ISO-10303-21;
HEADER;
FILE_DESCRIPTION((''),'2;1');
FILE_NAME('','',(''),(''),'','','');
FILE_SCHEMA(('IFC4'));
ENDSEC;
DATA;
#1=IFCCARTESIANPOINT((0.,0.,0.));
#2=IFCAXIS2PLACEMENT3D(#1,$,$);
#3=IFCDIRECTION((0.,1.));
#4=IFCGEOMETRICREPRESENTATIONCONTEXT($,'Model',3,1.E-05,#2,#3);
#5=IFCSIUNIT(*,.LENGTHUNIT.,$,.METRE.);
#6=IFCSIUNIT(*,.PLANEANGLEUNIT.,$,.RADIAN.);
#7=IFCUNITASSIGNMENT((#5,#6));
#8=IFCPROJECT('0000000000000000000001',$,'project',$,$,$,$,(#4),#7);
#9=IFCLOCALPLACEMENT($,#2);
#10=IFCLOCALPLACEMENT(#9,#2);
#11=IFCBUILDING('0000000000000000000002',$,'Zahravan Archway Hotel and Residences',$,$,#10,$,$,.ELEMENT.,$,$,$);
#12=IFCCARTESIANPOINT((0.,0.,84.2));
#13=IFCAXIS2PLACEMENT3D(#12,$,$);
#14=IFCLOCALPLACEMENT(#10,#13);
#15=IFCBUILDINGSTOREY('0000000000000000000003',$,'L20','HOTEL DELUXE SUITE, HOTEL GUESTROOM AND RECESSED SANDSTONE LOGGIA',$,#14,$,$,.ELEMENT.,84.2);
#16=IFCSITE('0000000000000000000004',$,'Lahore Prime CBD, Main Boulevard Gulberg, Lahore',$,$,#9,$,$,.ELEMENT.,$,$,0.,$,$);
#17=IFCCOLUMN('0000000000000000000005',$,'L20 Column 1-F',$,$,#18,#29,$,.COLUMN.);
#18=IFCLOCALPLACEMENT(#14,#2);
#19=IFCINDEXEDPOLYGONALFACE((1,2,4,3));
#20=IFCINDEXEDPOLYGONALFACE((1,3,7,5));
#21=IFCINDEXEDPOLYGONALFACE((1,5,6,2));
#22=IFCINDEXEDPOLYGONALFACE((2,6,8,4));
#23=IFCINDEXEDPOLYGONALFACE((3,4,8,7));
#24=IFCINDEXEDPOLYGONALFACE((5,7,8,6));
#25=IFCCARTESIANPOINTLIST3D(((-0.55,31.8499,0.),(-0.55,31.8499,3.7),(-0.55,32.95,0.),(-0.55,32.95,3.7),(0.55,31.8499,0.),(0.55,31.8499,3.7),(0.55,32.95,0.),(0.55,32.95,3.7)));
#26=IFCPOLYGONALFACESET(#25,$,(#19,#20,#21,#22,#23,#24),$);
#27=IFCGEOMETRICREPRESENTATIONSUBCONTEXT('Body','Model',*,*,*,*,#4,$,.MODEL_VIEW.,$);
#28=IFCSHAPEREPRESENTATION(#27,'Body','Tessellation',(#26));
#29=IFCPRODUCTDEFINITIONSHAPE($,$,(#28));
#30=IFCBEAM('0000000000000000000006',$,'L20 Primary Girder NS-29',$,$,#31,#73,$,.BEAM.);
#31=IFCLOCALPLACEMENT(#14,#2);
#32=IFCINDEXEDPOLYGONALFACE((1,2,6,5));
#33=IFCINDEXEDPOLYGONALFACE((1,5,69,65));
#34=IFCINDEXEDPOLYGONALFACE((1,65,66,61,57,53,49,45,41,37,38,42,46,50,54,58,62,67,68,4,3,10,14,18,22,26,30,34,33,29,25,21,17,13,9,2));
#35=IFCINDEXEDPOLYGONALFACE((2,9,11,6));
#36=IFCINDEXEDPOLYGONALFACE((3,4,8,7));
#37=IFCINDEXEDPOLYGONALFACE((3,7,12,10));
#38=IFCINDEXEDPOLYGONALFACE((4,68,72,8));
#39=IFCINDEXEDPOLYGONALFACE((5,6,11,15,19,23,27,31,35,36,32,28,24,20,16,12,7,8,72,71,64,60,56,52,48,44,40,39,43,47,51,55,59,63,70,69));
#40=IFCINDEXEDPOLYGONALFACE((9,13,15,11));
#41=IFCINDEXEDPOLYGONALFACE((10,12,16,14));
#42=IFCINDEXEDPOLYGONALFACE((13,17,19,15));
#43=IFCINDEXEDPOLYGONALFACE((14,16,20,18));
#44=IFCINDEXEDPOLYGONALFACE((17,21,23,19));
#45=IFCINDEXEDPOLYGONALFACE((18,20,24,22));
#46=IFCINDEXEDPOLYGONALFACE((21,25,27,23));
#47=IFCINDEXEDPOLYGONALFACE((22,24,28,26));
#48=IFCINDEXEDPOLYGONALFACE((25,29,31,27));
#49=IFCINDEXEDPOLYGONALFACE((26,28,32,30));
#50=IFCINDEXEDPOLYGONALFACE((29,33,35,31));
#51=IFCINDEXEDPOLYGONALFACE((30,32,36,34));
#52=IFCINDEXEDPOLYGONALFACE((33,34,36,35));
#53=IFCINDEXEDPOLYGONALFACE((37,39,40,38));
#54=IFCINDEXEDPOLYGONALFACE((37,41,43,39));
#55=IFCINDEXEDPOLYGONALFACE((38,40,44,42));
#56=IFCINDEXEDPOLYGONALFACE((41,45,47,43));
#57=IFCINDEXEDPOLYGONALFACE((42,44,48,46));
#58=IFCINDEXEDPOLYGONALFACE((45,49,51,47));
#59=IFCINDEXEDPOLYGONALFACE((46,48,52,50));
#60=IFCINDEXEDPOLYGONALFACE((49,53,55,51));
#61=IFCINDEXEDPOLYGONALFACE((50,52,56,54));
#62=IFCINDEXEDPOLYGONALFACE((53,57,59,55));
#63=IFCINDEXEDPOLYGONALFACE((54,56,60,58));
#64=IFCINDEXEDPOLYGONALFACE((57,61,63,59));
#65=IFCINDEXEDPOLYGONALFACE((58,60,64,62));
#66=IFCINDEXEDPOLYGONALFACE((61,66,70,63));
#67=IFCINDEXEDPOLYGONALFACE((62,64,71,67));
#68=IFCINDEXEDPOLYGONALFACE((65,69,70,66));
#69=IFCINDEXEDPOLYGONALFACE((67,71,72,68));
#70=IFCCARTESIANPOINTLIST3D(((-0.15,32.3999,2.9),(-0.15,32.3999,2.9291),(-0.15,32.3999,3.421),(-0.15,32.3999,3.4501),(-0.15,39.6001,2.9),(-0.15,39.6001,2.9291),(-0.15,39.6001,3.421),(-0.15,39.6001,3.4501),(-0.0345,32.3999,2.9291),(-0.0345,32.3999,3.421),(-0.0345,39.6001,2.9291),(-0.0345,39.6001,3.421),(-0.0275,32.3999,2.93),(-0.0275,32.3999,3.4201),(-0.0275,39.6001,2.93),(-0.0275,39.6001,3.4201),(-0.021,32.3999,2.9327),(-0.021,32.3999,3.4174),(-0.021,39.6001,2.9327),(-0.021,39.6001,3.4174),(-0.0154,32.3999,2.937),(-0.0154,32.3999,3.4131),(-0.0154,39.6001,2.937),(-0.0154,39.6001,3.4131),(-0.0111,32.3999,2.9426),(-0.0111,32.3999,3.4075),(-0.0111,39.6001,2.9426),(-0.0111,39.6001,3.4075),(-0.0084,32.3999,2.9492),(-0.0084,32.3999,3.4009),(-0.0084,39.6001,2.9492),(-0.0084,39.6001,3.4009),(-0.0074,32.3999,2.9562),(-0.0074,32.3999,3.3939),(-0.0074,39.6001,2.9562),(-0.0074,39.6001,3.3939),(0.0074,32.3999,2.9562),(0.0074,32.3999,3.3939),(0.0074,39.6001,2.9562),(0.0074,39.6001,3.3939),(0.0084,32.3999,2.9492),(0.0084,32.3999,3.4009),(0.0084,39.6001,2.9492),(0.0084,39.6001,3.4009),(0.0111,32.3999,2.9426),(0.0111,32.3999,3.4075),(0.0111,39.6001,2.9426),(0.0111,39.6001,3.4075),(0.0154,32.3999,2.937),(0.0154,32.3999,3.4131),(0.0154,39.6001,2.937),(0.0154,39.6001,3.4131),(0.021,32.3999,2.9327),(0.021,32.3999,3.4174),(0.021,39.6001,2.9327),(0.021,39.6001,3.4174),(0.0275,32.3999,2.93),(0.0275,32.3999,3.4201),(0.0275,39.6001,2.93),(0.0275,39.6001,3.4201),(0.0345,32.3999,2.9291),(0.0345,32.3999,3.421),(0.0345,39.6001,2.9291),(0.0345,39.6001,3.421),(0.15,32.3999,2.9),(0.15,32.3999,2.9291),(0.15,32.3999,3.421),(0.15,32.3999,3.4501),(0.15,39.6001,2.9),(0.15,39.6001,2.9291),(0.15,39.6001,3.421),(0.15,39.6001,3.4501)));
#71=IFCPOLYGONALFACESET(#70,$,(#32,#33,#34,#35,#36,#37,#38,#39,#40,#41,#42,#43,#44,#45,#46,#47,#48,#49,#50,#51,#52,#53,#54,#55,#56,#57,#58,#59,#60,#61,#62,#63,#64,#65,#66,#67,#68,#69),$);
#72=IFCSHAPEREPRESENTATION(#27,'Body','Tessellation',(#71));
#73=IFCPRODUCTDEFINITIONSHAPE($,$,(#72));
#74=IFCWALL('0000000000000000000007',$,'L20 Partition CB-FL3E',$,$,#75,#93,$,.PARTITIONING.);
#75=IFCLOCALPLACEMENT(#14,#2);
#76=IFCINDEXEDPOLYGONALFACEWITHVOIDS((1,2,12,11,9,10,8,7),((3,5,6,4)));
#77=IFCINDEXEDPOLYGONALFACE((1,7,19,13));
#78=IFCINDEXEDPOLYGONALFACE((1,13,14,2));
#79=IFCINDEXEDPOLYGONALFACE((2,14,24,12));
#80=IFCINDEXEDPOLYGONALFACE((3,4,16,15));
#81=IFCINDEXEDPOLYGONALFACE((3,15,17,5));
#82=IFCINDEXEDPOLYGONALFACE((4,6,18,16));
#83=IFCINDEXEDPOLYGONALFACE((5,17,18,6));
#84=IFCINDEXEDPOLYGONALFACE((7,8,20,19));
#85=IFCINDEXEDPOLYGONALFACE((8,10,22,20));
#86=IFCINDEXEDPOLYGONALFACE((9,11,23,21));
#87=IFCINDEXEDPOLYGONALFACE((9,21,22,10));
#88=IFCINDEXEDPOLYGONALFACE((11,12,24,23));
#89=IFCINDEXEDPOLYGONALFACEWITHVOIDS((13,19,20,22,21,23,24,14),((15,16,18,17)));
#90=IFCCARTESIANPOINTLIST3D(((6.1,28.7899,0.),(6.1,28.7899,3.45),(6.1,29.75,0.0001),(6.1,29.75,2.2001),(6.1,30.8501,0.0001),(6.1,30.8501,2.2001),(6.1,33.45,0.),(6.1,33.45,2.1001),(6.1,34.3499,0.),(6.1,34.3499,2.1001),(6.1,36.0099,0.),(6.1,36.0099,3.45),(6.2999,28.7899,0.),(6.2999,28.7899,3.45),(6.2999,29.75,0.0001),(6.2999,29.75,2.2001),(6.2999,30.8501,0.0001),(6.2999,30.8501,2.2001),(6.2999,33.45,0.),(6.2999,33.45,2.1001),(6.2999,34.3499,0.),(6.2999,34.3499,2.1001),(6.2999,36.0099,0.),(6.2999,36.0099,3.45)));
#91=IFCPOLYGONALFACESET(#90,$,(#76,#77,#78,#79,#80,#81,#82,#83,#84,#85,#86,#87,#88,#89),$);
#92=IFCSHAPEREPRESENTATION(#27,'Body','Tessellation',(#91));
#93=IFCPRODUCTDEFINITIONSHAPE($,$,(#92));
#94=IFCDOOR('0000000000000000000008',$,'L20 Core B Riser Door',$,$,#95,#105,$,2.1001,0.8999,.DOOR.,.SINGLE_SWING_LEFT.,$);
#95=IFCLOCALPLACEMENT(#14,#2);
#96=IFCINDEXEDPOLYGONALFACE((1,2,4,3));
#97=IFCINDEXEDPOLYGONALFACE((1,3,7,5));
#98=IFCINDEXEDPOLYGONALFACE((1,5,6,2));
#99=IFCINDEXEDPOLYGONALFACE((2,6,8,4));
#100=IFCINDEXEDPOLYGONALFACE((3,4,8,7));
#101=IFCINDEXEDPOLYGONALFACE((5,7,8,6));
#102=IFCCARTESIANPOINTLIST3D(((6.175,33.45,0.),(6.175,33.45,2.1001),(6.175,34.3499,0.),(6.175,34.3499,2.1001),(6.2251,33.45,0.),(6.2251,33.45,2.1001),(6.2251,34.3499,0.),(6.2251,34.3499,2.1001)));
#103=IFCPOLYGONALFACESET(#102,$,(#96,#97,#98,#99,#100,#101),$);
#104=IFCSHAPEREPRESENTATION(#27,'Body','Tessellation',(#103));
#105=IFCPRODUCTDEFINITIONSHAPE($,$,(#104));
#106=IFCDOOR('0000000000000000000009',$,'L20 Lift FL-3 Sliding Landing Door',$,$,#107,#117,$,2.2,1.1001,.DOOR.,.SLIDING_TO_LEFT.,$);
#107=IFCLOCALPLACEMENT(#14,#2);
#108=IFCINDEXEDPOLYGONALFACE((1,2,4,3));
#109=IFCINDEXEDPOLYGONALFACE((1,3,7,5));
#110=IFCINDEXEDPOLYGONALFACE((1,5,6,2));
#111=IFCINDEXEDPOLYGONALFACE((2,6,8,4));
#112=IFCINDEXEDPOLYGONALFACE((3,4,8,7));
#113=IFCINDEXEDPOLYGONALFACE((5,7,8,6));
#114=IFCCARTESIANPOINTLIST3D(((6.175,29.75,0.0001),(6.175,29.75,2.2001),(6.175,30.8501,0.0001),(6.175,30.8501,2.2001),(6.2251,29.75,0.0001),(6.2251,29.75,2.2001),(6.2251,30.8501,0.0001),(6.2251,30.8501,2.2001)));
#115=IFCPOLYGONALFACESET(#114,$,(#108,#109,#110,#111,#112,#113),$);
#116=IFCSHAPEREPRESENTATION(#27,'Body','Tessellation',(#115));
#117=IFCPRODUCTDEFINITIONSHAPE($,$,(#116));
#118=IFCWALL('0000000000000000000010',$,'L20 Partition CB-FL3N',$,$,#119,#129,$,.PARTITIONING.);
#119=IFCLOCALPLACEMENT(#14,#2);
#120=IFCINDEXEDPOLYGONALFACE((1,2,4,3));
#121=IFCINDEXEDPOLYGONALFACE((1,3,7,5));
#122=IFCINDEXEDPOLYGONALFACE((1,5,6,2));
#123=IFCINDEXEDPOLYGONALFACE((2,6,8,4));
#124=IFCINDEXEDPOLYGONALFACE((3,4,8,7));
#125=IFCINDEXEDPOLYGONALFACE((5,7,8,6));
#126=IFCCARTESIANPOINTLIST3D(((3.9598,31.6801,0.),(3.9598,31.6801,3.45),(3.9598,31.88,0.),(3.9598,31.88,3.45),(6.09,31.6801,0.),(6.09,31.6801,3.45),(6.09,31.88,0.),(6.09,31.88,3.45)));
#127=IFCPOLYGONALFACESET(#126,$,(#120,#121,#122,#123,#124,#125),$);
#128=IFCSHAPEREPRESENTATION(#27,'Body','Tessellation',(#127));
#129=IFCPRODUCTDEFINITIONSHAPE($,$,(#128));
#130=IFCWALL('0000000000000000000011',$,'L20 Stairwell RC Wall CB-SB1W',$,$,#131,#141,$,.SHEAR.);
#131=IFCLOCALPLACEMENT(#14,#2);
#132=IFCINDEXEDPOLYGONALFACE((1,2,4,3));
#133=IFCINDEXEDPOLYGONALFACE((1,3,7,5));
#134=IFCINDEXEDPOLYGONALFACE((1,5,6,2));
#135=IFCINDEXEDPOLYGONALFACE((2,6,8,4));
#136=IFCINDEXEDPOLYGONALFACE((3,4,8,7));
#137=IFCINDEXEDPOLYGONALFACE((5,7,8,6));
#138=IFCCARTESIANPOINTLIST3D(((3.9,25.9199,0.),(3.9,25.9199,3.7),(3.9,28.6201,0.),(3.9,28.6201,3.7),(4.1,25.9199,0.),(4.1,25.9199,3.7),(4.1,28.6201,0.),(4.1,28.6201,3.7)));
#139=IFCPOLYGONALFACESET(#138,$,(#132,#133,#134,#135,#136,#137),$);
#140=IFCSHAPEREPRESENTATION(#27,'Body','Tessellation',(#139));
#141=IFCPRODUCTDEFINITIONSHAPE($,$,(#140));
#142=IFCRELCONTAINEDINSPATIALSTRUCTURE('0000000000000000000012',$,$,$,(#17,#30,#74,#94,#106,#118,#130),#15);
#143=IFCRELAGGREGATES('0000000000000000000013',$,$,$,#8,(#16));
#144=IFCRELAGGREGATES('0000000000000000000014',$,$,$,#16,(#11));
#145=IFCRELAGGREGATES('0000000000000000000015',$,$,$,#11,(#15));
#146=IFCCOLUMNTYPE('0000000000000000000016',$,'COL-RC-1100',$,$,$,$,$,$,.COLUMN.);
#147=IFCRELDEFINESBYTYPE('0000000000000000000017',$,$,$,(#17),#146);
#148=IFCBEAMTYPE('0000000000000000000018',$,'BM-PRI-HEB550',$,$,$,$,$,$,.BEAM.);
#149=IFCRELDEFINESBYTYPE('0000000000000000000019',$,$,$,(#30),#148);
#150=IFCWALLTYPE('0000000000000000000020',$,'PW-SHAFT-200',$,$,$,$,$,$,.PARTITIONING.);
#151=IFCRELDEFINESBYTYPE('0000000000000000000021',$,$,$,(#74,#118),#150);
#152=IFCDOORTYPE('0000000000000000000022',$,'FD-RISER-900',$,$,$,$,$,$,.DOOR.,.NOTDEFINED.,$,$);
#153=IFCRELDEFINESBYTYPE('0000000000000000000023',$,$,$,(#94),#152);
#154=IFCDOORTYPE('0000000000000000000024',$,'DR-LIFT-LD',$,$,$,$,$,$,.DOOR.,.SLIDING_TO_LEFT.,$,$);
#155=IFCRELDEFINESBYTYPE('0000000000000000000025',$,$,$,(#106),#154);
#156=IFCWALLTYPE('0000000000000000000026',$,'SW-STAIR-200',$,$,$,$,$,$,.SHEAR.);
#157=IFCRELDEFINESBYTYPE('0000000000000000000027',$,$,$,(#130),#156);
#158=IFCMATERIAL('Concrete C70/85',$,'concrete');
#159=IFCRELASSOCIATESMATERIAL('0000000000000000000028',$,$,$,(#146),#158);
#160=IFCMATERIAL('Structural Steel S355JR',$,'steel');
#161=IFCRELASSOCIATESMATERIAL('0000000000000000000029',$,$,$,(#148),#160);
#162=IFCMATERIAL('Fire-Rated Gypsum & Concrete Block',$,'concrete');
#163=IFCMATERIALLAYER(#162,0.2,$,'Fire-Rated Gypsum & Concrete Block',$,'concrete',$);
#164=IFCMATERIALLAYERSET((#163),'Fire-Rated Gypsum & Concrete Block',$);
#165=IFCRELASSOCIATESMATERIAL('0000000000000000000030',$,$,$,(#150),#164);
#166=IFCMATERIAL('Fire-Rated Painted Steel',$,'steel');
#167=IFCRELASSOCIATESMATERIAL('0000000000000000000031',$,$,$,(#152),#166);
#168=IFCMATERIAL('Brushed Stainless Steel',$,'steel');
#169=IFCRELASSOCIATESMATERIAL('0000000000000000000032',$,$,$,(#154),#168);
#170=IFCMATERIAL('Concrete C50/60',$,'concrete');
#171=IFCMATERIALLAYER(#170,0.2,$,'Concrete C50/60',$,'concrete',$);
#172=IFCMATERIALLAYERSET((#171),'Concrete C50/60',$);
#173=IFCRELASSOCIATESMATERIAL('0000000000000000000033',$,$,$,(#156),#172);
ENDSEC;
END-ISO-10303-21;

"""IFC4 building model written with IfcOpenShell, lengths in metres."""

from ifc_helpers import new_model, si_unit, direction, frame, frame_2d, origin, origin_2d, place, context, subcontext, project, spatial, rectangle, i_section, extrude, source, transform, mapped, material, layer, layer_set, material_profile, profile_set, type_object, type_shapes, element, fill, save


model = new_model("IFC4")

# Units and contexts
model_context = context("Model", 3, precision=1e-05, world=origin(), true_north=direction((0.0, 1.0)))
body_context = subcontext(model_context, "Body", "Model", "MODEL_VIEW")
ifc_project = project(units=[si_unit("LENGTHUNIT", "METRE"), si_unit("PLANEANGLEUNIT", "RADIAN")], contexts=[model_context])

# Site, building, storey
site_placement = place(None, origin())
site = spatial("IfcSite", under=ifc_project, at=site_placement, Name="Lahore Prime CBD, Main Boulevard Gulberg, Lahore", CompositionType="ELEMENT", RefElevation=0.0)
building_placement = place(site_placement, origin())
building = spatial("IfcBuilding", under=site, at=building_placement, Name="Zahravan Archway Hotel and Residences", CompositionType="ELEMENT")
storey_placement = place(building_placement, frame((0.0, 0.0, 84.2)))
storey = spatial("IfcBuildingStorey", under=building, at=storey_placement, Name="L20", Description="HOTEL DELUXE SUITE, HOTEL GUESTROOM AND RECESSED SANDSTONE LOGGIA", CompositionType="ELEMENT", Elevation=84.2)

# Column
ifc_material_1 = material(Name="Concrete C70/85", Category="concrete")
ifc_material_profile_1 = material_profile(ifc_material_1, rectangle(XDim=1.1001, YDim=1.1001, at=origin_2d()), Name="RC 1100x1100", Category="concrete")
ifc_profile_set_1 = profile_set([ifc_material_profile_1], Name="Concrete C70/85")
column_type = type_object("IfcColumnType", Name="COL-RC-1100", PredefinedType="COLUMN", material=ifc_profile_set_1)
shared_shape_1 = source(origin(), body_context, "Body", "SweptSolid", [
    extrude(rectangle(XDim=1.1001, YDim=1.1001, at=origin_2d()), origin(), (0.0, 0.0, 1.0), 3.7),
])
column_placement = place(storey_placement, frame((0.0, 32.3999, 0.0), z_axis=(0.0, 0.0, 1.0), x_axis=(1.0, 0.0, 0.0)))
element("IfcColumn", 1, at=column_placement, inside=storey, type_object=column_type, Name="L20 Column 1-F", PredefinedType="COLUMN", context=body_context, shape_type="MappedRepresentation", body=[
    mapped(shared_shape_1, transform((0.0, 0.0, 0.0), scale=1.0)),
])

# Beam
ifc_material_2 = material(Name="Structural Steel S355JR", Category="steel")
ifc_material_profile_2 = material_profile(ifc_material_2, i_section(OverallWidth=0.3, OverallDepth=0.55, WebThickness=0.0149, FlangeThickness=0.0291, FilletRadius=0.0271, at=origin_2d()), Name="HEB 550", Category="steel")
ifc_profile_set_2 = profile_set([ifc_material_profile_2], Name="Structural Steel S355JR")
beam_type = type_object("IfcBeamType", Name="BM-PRI-HEB550", PredefinedType="BEAM", material=ifc_profile_set_2)
shared_shape_2 = source(origin(), body_context, "Body", "SweptSolid", [
    extrude(i_section(OverallWidth=0.3, OverallDepth=0.55, WebThickness=0.0149, FlangeThickness=0.0291, FilletRadius=0.0271, at=origin_2d()), origin(), (0.0, 0.0, 1.0), 7.2002),
])
type_shapes(beam_type, [shared_shape_2])
beam_placement = place(storey_placement, frame((0.0, 32.3999, 3.175), z_axis=(0.0, 1.0, 0.0), x_axis=(-1.0, 0.0, 0.0)))
element("IfcBeam", 2, at=beam_placement, inside=storey, type_object=beam_type, Name="L20 Primary Girder NS-29", PredefinedType="BEAM", context=body_context, shape_type="MappedRepresentation", body=[
    mapped(shared_shape_2, transform((0.0, 0.0, 0.0), scale=1.0)),
])

# Wall, openings, doors
ifc_material_3 = material(Name="Fire-Rated Gypsum & Concrete Block", Category="concrete")
ifc_layer_1 = layer(ifc_material_3, 0.2, Name="Fire-Rated Gypsum & Concrete Block", Category="concrete")
ifc_layer_set_1 = layer_set([ifc_layer_1], Name="Fire-Rated Gypsum & Concrete Block")
wall_type_1 = type_object("IfcWallType", Name="PW-SHAFT-200", PredefinedType="PARTITIONING", material=ifc_layer_set_1)
wall_1_placement = place(storey_placement, frame((6.2, 28.79, 0.0), z_axis=(0.0, 0.0, 1.0), x_axis=(0.0, 1.0, 0.0)))
wall_1 = element("IfcWall", 3, at=wall_1_placement, inside=storey, type_object=wall_type_1, Name="L20 Partition CB-FL3E", PredefinedType="PARTITIONING", context=body_context, shape_type="SweptSolid", body=[
    extrude(rectangle(XDim=7.22, YDim=0.2, at=frame_2d((3.6099, 0.0))), origin(), (0.0, 0.0, 1.0), 3.45),
])
opening_1_placement = place(wall_1_placement, frame((4.6599, 0.0, 0.0)))
opening_1 = element("IfcOpeningElement", 4, at=opening_1_placement, cuts=wall_1, PredefinedType="OPENING", context=body_context, shape_type="SweptSolid", body=[
    extrude(rectangle(XDim=0.8999, YDim=2.1001, at=frame_2d((0.45, 1.05))), frame((0.0, 0.1099, 0.0), z_axis=(0.0, -1.0, 0.0), x_axis=(1.0, 0.0, 0.0)), (0.0, 0.0, 1.0), 0.22),
])
opening_2_placement = place(wall_1_placement, frame((0.96, 0.0, 0.0)))
opening_2 = element("IfcOpeningElement", 5, at=opening_2_placement, cuts=wall_1, PredefinedType="OPENING", context=body_context, shape_type="SweptSolid", body=[
    extrude(rectangle(XDim=1.1001, YDim=2.2, at=frame_2d((0.55, 1.1001))), frame((0.0, 0.1099, 0.0), z_axis=(0.0, -1.0, 0.0), x_axis=(1.0, 0.0, 0.0)), (0.0, 0.0, 1.0), 0.22),
])
ifc_material_4 = material(Name="Fire-Rated Painted Steel", Category="steel")
door_type_1 = type_object("IfcDoorType", Name="FD-RISER-900", OperationType="NOTDEFINED", PredefinedType="DOOR", material=ifc_material_4)
shared_shape_3 = source(origin(), body_context, "Body", "SweptSolid", [
    extrude(rectangle(XDim=0.8999, YDim=2.1001, at=frame_2d((0.45, 1.05))), frame((0.0, 0.0249, 0.0), z_axis=(0.0, -1.0, 0.0), x_axis=(1.0, 0.0, 0.0)), (0.0, 0.0, 1.0), 0.05),
])
type_shapes(door_type_1, [shared_shape_3])
door_1_placement = place(opening_1_placement, origin())
door_1 = element("IfcDoor", 6, at=door_1_placement, inside=storey, type_object=door_type_1, Name="L20 Core B Riser Door", OperationType="SINGLE_SWING_LEFT", OverallHeight=2.1001, OverallWidth=0.8999, PredefinedType="DOOR", context=body_context, shape_type="MappedRepresentation", body=[
    mapped(shared_shape_3, transform((0.0, 0.0, 0.0), scale=1.0)),
])
fill(opening_1, door_1)
ifc_material_5 = material(Name="Brushed Stainless Steel", Category="steel")
door_type_2 = type_object("IfcDoorType", Name="DR-LIFT-LD", OperationType="SLIDING_TO_LEFT", PredefinedType="DOOR", material=ifc_material_5)
shared_shape_4 = source(origin(), body_context, "Body", "SweptSolid", [
    extrude(rectangle(XDim=1.1001, YDim=2.2, at=frame_2d((0.55, 1.1001))), frame((0.0, 0.0249, 0.0), z_axis=(0.0, -1.0, 0.0), x_axis=(1.0, 0.0, 0.0)), (0.0, 0.0, 1.0), 0.05),
])
type_shapes(door_type_2, [shared_shape_4])
door_2_placement = place(opening_2_placement, origin())
door_2 = element("IfcDoor", 7, at=door_2_placement, inside=storey, type_object=door_type_2, Name="L20 Lift FL-3 Sliding Landing Door", OperationType="SLIDING_TO_LEFT", OverallHeight=2.2, OverallWidth=1.1001, PredefinedType="DOOR", context=body_context, shape_type="MappedRepresentation", body=[
    mapped(shared_shape_4, transform((0.0, 0.0, 0.0), scale=1.0)),
])
fill(opening_2, door_2)

# Walls
wall_2_placement = place(storey_placement, frame((3.96, 31.78, 0.0), z_axis=(0.0, 0.0, 1.0), x_axis=(1.0, 0.0, 0.0)))
element("IfcWall", 8, at=wall_2_placement, inside=storey, type_object=wall_type_1, Name="L20 Partition CB-FL3N", PredefinedType="PARTITIONING", context=body_context, shape_type="SweptSolid", body=[
    extrude(rectangle(XDim=2.1301, YDim=0.2, at=frame_2d((1.0649, 0.0))), origin(), (0.0, 0.0, 1.0), 3.45),
])
ifc_material_6 = material(Name="Concrete C50/60", Category="concrete")
ifc_layer_2 = layer(ifc_material_6, 0.2, Name="Concrete C50/60", Category="concrete")
ifc_layer_set_2 = layer_set([ifc_layer_2], Name="Concrete C50/60")
wall_type_2 = type_object("IfcWallType", Name="SW-STAIR-200", PredefinedType="SHEAR", material=ifc_layer_set_2)
wall_3_placement = place(storey_placement, frame((4.0, 25.9199, 0.0), z_axis=(0.0, 0.0, 1.0), x_axis=(0.0, 1.0, 0.0)))
element("IfcWall", 9, at=wall_3_placement, inside=storey, type_object=wall_type_2, Name="L20 Stairwell RC Wall CB-SB1W", PredefinedType="SHEAR", context=body_context, shape_type="SweptSolid", body=[
    extrude(rectangle(XDim=2.7002, YDim=0.2, at=frame_2d((1.3501, 0.0))), origin(), (0.0, 0.0, 1.0), 3.7),
])

save(model, "model.ifc")
